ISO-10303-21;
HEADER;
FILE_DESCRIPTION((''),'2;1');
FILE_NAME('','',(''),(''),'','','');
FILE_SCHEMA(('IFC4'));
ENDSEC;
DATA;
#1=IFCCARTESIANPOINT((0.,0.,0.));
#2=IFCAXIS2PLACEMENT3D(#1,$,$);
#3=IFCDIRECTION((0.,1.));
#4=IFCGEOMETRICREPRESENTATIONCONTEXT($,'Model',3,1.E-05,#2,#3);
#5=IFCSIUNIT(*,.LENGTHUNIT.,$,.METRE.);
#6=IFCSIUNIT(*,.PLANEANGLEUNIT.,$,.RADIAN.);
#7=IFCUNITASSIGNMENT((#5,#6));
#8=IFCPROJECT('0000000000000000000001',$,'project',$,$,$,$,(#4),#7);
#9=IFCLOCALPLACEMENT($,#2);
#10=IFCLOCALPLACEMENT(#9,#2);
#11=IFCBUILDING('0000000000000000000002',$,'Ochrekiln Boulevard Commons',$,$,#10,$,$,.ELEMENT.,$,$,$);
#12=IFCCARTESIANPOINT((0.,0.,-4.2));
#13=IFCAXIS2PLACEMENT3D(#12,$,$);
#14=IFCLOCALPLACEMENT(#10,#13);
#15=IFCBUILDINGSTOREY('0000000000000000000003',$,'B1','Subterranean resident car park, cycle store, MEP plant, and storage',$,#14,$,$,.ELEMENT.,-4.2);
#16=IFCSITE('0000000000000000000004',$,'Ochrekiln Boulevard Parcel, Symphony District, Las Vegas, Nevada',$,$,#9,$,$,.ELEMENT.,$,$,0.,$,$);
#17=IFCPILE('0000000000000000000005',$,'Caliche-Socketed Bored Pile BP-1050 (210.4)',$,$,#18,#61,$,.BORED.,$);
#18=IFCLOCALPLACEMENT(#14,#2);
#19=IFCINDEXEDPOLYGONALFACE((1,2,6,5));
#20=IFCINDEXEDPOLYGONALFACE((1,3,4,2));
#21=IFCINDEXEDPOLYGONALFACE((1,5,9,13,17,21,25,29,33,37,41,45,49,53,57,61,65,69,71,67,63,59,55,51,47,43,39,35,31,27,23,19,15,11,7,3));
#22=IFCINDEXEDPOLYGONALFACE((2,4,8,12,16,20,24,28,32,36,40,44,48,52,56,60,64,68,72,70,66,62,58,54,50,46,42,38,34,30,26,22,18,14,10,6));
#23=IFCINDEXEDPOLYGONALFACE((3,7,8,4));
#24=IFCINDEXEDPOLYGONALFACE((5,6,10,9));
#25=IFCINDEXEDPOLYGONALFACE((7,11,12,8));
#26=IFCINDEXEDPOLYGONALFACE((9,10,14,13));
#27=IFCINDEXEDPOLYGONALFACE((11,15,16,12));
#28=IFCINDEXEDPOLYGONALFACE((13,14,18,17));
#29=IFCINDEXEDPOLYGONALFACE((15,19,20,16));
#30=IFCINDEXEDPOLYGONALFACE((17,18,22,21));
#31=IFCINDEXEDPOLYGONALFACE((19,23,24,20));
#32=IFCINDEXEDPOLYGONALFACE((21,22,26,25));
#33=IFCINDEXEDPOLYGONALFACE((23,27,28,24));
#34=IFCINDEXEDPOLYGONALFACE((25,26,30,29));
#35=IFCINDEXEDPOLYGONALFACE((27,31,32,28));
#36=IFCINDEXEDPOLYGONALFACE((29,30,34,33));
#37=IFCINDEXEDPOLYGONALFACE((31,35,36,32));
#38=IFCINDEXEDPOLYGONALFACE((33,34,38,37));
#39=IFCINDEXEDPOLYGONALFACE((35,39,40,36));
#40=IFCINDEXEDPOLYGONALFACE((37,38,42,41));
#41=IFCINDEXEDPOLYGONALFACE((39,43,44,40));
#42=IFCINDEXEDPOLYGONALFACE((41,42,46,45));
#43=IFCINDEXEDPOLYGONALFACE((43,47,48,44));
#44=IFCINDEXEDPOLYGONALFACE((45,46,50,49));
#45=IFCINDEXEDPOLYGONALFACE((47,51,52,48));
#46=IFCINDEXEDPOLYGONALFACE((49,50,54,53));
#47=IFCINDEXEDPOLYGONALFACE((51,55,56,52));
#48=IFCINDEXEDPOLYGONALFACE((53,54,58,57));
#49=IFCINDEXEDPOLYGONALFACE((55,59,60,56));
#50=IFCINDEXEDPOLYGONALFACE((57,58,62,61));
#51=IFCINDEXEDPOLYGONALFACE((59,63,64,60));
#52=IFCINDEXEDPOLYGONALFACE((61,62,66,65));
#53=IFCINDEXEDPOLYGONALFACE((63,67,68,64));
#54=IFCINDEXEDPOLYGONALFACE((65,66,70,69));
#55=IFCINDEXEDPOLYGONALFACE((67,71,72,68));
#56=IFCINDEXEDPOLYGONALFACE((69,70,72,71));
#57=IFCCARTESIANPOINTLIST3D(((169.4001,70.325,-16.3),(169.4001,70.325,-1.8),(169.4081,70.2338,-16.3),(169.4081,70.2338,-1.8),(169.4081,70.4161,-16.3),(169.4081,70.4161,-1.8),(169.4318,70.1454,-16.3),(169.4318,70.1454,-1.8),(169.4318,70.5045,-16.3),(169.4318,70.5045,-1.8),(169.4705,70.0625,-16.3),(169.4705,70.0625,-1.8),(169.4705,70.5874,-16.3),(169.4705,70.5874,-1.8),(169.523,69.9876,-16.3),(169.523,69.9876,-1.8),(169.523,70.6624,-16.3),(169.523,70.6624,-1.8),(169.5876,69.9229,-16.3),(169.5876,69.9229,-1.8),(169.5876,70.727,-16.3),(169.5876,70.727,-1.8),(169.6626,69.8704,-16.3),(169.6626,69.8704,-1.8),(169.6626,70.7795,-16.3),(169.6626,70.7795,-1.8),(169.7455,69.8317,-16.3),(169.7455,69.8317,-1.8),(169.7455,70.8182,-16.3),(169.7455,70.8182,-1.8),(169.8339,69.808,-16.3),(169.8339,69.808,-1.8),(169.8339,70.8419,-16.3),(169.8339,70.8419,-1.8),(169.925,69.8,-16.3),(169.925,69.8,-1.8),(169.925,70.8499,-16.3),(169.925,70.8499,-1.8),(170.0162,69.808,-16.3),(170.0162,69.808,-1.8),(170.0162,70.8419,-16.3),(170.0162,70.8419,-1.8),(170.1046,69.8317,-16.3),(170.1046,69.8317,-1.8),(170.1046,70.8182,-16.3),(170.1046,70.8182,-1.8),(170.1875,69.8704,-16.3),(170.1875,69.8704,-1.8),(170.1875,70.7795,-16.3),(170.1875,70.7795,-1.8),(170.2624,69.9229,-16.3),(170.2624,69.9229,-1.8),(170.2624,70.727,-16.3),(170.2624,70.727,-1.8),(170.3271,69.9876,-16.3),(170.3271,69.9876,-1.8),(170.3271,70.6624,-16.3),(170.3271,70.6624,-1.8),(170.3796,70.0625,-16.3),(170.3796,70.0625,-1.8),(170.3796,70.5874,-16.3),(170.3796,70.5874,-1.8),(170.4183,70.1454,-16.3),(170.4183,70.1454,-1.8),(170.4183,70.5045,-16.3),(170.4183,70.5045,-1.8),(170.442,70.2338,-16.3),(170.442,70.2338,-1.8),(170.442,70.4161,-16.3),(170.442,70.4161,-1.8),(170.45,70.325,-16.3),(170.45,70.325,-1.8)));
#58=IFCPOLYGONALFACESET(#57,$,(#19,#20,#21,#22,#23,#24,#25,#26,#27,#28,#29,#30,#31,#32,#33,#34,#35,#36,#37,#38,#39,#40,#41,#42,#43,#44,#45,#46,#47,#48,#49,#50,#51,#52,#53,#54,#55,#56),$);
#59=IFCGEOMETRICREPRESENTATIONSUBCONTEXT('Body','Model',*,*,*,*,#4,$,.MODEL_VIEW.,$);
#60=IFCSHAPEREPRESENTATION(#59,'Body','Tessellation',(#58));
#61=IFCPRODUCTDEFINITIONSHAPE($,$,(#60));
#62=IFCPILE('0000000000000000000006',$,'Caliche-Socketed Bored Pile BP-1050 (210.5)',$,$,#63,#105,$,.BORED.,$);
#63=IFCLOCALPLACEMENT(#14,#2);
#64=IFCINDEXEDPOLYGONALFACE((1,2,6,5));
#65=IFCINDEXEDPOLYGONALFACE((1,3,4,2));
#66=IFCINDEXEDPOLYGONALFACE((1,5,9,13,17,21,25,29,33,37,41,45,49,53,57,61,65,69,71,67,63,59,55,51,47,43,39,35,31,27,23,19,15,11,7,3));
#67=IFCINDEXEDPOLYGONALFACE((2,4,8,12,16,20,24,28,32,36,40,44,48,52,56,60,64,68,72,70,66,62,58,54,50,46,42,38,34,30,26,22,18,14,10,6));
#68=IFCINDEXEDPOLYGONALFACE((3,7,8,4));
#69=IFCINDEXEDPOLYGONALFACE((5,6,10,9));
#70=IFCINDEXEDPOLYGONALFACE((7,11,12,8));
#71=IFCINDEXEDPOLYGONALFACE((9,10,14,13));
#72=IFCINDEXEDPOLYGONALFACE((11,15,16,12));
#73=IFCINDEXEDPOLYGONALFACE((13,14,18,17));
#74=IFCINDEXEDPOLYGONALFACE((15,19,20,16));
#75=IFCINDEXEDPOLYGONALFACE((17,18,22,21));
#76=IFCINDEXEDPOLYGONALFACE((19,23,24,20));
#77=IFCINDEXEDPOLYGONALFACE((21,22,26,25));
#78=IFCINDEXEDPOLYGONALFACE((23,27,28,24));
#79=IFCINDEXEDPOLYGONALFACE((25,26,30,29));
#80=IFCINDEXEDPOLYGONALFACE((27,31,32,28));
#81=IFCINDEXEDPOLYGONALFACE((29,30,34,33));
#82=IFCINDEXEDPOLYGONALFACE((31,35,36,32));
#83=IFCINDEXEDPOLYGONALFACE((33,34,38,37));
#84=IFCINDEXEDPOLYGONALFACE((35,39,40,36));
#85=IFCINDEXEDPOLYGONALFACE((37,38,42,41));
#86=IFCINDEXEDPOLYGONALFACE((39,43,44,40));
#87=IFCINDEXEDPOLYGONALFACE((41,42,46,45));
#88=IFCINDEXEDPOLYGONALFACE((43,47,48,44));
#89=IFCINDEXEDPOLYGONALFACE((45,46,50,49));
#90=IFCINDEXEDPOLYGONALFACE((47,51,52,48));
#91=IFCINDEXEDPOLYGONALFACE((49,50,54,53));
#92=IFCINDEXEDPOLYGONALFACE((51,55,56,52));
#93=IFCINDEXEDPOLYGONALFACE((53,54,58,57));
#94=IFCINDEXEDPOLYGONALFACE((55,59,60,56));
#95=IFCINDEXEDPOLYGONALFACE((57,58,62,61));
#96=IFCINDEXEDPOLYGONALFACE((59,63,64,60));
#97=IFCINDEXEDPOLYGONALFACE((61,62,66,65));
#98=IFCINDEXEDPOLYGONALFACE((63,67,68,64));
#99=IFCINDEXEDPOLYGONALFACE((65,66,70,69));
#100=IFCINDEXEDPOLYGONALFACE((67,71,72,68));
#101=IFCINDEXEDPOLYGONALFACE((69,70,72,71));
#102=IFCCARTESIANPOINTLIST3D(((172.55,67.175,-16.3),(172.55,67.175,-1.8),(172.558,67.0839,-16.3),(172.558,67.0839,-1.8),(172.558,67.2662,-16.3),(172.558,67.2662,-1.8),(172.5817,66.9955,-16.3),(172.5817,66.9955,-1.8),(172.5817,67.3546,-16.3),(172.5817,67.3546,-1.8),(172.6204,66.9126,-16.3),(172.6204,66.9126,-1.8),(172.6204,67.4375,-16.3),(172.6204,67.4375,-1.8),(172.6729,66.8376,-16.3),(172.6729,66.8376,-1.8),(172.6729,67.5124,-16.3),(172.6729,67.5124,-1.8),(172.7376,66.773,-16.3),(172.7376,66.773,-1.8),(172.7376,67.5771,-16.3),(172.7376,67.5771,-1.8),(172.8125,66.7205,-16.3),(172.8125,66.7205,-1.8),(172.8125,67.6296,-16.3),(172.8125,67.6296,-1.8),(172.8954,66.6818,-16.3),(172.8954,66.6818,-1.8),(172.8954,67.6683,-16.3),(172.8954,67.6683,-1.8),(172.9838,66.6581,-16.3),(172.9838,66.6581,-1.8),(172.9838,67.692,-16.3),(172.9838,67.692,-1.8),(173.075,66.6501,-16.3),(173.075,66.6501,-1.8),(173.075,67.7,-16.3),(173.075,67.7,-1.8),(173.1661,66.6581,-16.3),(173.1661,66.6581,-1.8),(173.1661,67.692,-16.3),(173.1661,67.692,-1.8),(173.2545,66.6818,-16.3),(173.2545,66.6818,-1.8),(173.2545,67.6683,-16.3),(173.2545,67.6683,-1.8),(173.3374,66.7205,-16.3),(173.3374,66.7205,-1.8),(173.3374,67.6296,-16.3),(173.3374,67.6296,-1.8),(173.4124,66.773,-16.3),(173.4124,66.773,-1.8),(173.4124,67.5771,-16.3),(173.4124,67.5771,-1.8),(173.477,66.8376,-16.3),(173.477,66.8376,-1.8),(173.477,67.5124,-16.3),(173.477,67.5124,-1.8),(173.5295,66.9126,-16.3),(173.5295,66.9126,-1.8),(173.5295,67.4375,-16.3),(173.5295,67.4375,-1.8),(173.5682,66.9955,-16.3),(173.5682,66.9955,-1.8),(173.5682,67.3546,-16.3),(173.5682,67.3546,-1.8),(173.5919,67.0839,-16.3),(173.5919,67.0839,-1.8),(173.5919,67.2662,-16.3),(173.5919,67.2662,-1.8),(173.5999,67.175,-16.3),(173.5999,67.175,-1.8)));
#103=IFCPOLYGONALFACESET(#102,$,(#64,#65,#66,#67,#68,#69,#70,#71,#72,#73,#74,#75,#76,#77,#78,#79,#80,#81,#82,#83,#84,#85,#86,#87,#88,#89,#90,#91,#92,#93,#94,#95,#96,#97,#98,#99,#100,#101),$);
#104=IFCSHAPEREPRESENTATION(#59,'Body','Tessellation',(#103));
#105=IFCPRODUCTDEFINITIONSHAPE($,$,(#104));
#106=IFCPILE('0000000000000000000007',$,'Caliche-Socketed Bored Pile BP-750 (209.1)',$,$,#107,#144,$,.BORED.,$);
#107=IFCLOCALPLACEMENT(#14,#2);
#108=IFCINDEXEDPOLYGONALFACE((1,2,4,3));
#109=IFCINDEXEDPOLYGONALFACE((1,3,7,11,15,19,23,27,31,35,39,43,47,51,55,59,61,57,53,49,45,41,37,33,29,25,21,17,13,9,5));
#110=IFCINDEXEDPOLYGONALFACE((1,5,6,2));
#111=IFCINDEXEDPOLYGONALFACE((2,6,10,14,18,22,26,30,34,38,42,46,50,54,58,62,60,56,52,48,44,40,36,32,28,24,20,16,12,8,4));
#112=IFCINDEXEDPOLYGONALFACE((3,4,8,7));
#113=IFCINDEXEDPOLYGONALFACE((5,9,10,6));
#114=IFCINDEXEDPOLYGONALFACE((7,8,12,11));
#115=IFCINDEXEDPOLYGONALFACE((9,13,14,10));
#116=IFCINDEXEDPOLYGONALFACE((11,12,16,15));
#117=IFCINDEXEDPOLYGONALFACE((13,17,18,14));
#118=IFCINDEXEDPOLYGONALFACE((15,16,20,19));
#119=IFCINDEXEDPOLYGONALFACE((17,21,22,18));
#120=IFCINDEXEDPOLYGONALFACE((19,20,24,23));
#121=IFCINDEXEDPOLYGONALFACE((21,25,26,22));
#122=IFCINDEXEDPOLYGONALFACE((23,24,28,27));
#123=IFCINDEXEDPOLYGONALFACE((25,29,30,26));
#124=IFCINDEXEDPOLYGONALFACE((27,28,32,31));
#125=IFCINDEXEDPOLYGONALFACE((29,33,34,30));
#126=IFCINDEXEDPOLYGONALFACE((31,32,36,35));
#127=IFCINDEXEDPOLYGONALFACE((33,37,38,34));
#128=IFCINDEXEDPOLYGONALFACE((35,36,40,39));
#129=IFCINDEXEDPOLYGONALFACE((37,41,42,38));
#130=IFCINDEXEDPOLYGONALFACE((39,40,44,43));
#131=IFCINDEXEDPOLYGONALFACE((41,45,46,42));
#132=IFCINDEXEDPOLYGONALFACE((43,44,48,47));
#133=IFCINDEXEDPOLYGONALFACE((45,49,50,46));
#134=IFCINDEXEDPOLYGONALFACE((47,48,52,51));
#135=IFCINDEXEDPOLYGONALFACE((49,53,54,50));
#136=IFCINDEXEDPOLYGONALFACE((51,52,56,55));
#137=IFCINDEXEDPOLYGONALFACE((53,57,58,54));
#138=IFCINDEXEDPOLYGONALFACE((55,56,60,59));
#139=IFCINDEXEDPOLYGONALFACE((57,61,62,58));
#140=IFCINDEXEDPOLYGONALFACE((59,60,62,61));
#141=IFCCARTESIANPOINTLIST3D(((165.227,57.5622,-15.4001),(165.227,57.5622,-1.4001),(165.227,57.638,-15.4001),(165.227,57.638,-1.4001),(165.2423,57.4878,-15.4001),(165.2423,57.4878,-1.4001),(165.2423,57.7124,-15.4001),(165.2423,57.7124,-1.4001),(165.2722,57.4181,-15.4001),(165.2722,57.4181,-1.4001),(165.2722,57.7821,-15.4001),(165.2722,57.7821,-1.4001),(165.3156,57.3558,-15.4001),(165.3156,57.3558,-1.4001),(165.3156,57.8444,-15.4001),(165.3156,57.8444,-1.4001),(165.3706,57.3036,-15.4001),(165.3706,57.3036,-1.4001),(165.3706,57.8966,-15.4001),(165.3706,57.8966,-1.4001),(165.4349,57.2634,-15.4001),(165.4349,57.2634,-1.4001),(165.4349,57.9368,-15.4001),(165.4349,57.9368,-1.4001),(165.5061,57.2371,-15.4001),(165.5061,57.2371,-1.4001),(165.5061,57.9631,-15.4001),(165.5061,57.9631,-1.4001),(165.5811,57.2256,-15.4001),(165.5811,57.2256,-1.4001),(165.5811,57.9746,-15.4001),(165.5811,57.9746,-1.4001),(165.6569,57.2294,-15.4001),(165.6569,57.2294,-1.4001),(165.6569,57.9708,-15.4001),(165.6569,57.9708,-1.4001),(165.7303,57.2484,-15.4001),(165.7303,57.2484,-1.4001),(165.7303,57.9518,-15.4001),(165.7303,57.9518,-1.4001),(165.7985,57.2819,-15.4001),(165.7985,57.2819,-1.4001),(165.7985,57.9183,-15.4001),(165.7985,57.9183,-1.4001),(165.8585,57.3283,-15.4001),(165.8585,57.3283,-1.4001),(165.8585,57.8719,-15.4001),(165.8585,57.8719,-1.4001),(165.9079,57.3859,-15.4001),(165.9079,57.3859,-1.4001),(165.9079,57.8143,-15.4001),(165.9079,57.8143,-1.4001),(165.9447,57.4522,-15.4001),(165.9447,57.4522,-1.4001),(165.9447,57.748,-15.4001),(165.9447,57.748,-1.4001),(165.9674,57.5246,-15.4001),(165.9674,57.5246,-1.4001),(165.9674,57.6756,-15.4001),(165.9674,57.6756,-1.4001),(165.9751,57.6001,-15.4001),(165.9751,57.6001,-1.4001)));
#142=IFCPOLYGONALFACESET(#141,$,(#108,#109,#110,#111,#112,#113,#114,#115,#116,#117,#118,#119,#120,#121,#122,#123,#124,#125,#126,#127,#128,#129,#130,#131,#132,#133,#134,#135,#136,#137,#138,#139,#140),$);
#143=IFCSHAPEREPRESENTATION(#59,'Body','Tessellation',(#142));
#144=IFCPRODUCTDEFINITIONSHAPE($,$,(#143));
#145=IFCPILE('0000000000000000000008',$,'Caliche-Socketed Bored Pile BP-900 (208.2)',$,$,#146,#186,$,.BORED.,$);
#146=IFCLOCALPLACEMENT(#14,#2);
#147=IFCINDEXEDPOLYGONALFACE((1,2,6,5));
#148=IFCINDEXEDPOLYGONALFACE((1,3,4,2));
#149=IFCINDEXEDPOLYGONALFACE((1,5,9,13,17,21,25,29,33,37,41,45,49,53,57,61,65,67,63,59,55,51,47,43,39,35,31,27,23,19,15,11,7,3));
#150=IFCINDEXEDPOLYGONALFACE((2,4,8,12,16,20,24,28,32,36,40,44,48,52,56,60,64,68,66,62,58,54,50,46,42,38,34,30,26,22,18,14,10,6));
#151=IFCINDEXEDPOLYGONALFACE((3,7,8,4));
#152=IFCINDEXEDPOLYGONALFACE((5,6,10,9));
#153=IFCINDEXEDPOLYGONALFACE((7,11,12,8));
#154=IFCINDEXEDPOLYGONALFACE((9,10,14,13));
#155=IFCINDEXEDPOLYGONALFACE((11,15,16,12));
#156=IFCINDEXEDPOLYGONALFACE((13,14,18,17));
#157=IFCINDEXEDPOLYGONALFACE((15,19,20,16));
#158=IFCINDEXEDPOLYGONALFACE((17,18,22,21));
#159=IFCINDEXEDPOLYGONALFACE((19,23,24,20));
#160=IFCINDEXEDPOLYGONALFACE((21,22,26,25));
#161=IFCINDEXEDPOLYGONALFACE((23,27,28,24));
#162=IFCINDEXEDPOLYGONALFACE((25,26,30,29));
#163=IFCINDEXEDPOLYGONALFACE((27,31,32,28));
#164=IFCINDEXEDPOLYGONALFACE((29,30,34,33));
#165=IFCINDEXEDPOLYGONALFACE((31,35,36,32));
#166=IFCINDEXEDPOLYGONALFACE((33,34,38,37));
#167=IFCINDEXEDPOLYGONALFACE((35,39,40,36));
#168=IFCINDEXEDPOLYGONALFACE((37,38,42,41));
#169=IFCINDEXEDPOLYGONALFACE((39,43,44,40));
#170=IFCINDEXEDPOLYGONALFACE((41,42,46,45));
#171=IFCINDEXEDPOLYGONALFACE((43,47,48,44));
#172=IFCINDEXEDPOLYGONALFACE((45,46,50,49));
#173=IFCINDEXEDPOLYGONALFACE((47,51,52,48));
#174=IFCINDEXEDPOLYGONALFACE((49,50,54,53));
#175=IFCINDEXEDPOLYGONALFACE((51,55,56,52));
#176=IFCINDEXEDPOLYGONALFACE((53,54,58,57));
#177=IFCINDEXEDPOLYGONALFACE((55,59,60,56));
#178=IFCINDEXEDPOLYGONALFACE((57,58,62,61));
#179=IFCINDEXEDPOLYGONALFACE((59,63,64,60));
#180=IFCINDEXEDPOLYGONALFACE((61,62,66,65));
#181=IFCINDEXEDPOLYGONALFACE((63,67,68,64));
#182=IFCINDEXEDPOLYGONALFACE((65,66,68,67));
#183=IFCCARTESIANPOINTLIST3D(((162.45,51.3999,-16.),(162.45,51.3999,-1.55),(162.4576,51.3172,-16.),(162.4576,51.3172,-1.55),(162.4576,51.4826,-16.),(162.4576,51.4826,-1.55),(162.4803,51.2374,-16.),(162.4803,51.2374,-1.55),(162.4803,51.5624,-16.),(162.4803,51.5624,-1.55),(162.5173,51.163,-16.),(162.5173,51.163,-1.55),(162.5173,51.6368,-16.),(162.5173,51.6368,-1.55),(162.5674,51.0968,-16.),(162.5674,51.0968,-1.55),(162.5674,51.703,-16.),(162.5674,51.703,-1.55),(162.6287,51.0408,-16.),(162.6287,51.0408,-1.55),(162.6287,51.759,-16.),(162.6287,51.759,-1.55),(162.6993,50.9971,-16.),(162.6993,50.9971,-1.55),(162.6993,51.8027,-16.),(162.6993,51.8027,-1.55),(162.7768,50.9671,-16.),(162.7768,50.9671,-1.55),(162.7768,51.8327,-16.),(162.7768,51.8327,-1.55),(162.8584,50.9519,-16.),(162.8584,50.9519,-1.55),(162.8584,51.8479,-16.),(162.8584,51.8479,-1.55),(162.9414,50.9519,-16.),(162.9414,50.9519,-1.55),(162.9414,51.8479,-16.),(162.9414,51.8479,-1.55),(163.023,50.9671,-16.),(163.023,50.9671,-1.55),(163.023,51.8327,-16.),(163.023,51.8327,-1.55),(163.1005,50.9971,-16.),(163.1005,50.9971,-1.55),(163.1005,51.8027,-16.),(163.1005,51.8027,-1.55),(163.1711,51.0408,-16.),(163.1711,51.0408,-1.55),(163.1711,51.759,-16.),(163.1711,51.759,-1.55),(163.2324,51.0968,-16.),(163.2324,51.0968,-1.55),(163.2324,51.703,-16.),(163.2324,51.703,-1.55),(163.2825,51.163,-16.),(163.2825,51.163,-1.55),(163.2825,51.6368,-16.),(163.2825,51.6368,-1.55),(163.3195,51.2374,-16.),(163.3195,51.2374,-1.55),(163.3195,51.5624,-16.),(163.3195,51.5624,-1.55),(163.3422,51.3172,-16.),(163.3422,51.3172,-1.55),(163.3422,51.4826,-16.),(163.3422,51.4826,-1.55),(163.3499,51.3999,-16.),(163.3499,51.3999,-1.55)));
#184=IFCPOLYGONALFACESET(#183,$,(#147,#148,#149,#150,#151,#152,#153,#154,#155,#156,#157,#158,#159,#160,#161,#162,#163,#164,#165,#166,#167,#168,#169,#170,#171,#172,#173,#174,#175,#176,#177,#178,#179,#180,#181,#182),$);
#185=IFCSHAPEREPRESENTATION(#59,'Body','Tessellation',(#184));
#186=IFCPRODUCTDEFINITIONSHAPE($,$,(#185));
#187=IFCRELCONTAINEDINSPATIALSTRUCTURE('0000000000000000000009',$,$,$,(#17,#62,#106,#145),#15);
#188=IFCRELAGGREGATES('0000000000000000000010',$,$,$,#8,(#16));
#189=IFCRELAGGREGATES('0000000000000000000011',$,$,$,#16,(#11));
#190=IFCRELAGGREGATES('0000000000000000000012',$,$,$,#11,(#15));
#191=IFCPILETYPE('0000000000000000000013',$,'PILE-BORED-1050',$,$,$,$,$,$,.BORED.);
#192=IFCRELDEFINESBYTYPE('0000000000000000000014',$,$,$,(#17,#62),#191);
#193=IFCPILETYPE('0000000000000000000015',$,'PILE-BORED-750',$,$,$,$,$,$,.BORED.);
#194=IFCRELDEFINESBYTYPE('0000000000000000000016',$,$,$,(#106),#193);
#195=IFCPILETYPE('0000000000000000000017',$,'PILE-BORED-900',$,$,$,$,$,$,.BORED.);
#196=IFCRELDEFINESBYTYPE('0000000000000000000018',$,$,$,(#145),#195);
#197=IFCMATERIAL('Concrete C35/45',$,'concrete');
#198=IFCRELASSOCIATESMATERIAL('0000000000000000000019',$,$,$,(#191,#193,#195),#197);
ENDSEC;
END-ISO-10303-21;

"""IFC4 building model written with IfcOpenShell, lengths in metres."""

from ifc_helpers import new_model, si_unit, direction, frame, origin, origin_2d, place, context, subcontext, project, spatial, circle, extrude, material, material_profile, profile_set, type_object, element, save


model = new_model("IFC4")

# Units and contexts
model_context = context("Model", 3, precision=1e-05, world=origin(), true_north=direction((0.0, 1.0)))
body_context = subcontext(model_context, "Body", "Model", "MODEL_VIEW")
ifc_project = project(units=[si_unit("LENGTHUNIT", "METRE"), si_unit("PLANEANGLEUNIT", "RADIAN")], contexts=[model_context])

# Site, building, storey
site_placement = place(None, origin())
site = spatial("IfcSite", under=ifc_project, at=site_placement, Name="Ochrekiln Boulevard Parcel, Symphony District, Las Vegas, Nevada", CompositionType="ELEMENT", RefElevation=0.0)
building_placement = place(site_placement, origin())
building = spatial("IfcBuilding", under=site, at=building_placement, Name="Ochrekiln Boulevard Commons", CompositionType="ELEMENT")
storey_placement = place(building_placement, frame((0.0, 0.0, -4.2)))
storey = spatial("IfcBuildingStorey", under=building, at=storey_placement, Name="B1", Description="Subterranean resident car park, cycle store, MEP plant, and storage", CompositionType="ELEMENT", Elevation=-4.2)

# Shared definitions
ifc_material_1 = material(Name="Concrete C35/45", Category="concrete")

# Piles
ifc_material_profile_1 = material_profile(ifc_material_1, circle(Radius=0.5249, at=origin_2d()), Name="PILE-D1050")
ifc_profile_set_1 = profile_set([ifc_material_profile_1], Name="Concrete C35/45")
pile_type_1 = type_object("IfcPileType", Name="PILE-BORED-1050", PredefinedType="BORED", material=ifc_profile_set_1)
for number, where, z_axis, x_axis, name in (
    (1, (169.925, 70.325, -1.8), (0.0, 0.0, -1.0), (1.0, 0.0, 0.0), "Caliche-Socketed Bored Pile BP-1050 (210.4)"),
    (2, (173.075, 67.175, -1.8), (0.0, 0.0, -1.0), (1.0, 0.0, 0.0), "Caliche-Socketed Bored Pile BP-1050 (210.5)"),
):
    element("IfcPile", number, at=place(storey_placement, frame(where, z_axis=z_axis, x_axis=x_axis)), inside=storey, type_object=pile_type_1, Name=name, PredefinedType="BORED", context=body_context, shape_type="SweptSolid", body=[
        extrude(circle(Radius=0.5249, at=origin_2d()), origin(), (0.0, 0.0, 1.0), 14.5),
    ])
ifc_material_profile_2 = material_profile(ifc_material_1, circle(Radius=0.375, at=origin_2d()), Name="PILE-D750")
ifc_profile_set_2 = profile_set([ifc_material_profile_2], Name="Concrete C35/45")
pile_type_2 = type_object("IfcPileType", Name="PILE-BORED-750", PredefinedType="BORED", material=ifc_profile_set_2)
pile_placement = place(storey_placement, frame((165.6001, 57.6001, -1.4001), z_axis=(0.0, 0.0, -1.0), x_axis=(1.0, 0.0, 0.0)))
element("IfcPile", 3, at=pile_placement, inside=storey, type_object=pile_type_2, Name="Caliche-Socketed Bored Pile BP-750 (209.1)", PredefinedType="BORED", context=body_context, shape_type="SweptSolid", body=[
    extrude(circle(Radius=0.375, at=origin_2d()), origin(), (0.0, 0.0, 1.0), 14.0),
])
ifc_material_profile_3 = material_profile(ifc_material_1, circle(Radius=0.45, at=origin_2d()), Name="PILE-D900")
ifc_profile_set_3 = profile_set([ifc_material_profile_3], Name="Concrete C35/45")
pile_type_3 = type_object("IfcPileType", Name="PILE-BORED-900", PredefinedType="BORED", material=ifc_profile_set_3)
for number, where, z_axis, x_axis, name in (
    (4, (162.8999, 51.3999, -1.55), (0.0, 0.0, -1.0), (1.0, 0.0, 0.0), "Caliche-Socketed Bored Pile BP-900 (208.2)"),
):
    element("IfcPile", number, at=place(storey_placement, frame(where, z_axis=z_axis, x_axis=x_axis)), inside=storey, type_object=pile_type_3, Name=name, PredefinedType="BORED", context=body_context, shape_type="SweptSolid", body=[
        extrude(circle(Radius=0.45, at=origin_2d()), origin(), (0.0, 0.0, 1.0), 14.45),
    ])

save(model, "model.ifc")
